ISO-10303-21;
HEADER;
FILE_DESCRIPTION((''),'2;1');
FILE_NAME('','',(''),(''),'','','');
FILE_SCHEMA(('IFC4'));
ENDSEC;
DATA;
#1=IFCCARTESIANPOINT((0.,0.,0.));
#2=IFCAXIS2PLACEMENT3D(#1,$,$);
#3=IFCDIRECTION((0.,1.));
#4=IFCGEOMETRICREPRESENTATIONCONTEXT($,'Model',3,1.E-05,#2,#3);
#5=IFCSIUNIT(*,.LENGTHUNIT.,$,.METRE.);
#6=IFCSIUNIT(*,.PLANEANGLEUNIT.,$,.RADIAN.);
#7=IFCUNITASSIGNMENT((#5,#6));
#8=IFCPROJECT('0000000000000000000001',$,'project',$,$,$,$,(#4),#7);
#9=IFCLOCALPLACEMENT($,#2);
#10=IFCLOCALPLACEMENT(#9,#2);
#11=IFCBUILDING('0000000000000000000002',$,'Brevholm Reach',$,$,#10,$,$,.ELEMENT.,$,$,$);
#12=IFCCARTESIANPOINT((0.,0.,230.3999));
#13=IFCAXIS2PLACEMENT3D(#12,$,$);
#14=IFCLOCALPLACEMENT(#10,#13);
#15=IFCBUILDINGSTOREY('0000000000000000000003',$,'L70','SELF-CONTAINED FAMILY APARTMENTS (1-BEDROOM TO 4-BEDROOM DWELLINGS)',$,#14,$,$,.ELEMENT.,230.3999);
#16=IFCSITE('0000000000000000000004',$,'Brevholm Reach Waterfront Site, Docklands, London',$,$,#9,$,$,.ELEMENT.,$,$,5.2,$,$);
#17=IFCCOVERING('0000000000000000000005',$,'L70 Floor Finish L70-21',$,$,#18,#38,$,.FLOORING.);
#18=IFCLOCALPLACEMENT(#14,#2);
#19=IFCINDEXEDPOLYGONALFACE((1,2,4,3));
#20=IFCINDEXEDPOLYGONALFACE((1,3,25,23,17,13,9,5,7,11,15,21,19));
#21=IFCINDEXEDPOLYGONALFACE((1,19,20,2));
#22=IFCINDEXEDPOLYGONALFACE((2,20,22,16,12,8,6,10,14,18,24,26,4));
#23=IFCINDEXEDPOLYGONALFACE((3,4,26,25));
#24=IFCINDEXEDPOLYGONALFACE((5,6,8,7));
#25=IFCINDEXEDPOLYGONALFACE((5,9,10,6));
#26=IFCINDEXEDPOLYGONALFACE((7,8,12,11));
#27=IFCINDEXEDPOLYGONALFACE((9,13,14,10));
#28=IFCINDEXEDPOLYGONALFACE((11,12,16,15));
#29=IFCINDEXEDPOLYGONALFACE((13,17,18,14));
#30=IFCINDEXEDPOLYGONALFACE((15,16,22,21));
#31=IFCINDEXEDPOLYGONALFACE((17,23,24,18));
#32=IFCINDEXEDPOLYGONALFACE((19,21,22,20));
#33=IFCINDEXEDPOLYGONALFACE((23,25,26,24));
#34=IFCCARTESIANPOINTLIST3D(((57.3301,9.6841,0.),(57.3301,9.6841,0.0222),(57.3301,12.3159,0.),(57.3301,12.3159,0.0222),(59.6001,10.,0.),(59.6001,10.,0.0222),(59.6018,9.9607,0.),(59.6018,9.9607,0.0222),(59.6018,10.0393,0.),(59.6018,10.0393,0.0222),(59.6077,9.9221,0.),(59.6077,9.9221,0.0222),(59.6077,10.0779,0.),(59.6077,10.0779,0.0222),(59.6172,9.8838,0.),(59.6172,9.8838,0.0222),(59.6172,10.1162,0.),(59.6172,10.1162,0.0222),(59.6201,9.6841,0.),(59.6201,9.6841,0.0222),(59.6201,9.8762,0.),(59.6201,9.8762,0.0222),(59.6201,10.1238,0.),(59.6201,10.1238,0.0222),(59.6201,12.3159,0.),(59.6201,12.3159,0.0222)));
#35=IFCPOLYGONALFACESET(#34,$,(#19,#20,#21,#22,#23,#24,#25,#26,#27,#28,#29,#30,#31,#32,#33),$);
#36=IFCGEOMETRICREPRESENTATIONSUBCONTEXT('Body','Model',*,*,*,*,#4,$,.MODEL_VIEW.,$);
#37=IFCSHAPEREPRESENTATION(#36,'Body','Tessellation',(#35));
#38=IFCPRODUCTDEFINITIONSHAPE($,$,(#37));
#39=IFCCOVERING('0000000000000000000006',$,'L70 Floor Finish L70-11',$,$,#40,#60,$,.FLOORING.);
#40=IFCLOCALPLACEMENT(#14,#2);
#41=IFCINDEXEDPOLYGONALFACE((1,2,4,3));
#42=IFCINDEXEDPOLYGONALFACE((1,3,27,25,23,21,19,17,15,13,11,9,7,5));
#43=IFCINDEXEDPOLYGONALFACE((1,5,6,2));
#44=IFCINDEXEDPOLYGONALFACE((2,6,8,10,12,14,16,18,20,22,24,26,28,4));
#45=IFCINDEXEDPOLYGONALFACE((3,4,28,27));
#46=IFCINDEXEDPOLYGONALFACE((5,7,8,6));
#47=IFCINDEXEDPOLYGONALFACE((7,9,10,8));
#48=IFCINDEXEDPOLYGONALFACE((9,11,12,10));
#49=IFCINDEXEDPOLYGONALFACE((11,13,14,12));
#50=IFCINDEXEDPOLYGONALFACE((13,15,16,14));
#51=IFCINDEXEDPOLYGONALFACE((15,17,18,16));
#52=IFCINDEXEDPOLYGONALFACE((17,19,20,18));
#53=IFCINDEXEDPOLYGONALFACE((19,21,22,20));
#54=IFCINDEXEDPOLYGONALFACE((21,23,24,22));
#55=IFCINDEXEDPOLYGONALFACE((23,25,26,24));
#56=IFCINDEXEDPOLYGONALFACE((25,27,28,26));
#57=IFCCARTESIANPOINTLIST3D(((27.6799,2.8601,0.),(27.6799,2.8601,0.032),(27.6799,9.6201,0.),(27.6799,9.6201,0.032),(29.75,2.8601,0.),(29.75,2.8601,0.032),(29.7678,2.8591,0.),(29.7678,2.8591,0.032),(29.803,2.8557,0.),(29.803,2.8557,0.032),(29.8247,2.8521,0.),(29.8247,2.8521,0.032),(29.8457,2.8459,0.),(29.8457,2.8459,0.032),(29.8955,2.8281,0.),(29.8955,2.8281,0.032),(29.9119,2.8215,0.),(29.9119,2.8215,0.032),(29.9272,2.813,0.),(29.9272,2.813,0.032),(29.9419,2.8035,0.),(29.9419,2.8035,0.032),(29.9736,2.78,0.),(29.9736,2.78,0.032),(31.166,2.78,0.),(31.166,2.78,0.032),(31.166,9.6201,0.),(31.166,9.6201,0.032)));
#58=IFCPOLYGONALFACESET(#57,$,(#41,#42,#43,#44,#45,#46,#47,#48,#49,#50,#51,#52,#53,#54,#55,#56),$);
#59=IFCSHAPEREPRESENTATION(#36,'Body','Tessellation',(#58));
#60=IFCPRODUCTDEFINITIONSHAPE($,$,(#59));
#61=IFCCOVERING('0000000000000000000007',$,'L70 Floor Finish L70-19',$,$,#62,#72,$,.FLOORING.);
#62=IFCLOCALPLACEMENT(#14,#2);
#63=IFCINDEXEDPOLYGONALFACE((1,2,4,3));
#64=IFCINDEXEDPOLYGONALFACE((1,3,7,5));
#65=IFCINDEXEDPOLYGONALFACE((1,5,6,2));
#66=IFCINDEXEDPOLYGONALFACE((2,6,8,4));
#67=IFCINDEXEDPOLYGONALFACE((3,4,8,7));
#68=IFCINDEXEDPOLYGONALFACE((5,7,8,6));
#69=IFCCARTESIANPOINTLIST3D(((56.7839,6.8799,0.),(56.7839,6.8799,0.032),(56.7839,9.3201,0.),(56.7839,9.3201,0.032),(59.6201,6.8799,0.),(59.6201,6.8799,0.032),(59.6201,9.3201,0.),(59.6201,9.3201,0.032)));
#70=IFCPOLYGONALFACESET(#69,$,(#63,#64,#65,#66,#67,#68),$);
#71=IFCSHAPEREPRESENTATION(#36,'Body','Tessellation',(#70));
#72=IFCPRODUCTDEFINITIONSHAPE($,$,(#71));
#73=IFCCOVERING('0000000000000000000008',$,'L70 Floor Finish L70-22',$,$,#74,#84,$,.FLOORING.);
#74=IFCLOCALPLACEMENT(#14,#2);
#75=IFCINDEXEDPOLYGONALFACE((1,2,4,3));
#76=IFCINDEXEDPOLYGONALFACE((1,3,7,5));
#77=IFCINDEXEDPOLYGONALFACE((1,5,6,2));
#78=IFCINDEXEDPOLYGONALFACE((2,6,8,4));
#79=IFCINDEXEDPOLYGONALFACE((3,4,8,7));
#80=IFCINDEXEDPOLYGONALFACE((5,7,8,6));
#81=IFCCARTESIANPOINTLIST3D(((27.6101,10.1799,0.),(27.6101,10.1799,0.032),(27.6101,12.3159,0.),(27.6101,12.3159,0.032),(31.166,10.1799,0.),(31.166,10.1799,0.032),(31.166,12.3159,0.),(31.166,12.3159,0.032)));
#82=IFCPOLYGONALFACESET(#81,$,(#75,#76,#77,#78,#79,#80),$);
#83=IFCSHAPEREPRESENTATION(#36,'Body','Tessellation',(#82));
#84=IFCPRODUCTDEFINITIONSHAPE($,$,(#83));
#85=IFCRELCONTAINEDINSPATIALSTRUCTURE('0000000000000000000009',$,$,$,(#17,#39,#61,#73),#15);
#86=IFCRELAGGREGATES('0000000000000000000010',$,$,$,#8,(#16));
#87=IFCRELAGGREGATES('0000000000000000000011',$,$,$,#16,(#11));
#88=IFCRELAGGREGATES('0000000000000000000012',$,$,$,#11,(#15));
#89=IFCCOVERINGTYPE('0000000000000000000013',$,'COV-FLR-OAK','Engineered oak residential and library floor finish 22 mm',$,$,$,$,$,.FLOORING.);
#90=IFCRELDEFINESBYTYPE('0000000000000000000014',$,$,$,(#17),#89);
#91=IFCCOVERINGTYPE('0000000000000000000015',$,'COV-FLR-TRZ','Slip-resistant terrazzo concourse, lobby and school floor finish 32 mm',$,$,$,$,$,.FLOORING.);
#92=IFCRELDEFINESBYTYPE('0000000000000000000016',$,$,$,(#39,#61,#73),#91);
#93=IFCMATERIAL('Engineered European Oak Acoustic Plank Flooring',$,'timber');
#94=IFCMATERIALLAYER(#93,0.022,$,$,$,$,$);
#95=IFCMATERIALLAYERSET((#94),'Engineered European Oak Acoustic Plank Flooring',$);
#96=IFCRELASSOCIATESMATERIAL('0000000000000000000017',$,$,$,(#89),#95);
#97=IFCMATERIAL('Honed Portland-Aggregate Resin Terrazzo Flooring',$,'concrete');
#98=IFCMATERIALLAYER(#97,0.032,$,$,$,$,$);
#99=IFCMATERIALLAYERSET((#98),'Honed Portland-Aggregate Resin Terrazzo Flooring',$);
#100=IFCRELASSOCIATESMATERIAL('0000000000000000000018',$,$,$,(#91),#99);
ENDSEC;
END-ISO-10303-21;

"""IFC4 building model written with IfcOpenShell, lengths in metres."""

from ifc_helpers import new_model, si_unit, direction, frame, origin, place, context, subcontext, project, spatial, polyline, outline, extrude, material, layer, layer_set, type_object, element, save


model = new_model("IFC4")

# Units and contexts
model_context = context("Model", 3, precision=1e-05, world=origin(), true_north=direction((0.0, 1.0)))
body_context = subcontext(model_context, "Body", "Model", "MODEL_VIEW")
ifc_project = project(units=[si_unit("LENGTHUNIT", "METRE"), si_unit("PLANEANGLEUNIT", "RADIAN")], contexts=[model_context])

# Site, building, storey
site_placement = place(None, origin())
site = spatial("IfcSite", under=ifc_project, at=site_placement, Name="Brevholm Reach Waterfront Site, Docklands, London", CompositionType="ELEMENT", RefElevation=5.2)
building_placement = place(site_placement, origin())
building = spatial("IfcBuilding", under=site, at=building_placement, Name="Brevholm Reach", CompositionType="ELEMENT")
storey_placement = place(building_placement, frame((0.0, 0.0, 230.3999)))
storey = spatial("IfcBuildingStorey", under=building, at=storey_placement, Name="L70", Description="SELF-CONTAINED FAMILY APARTMENTS (1-BEDROOM TO 4-BEDROOM DWELLINGS)", CompositionType="ELEMENT", Elevation=230.3999)

# Coverings
ifc_material_1 = material(Name="Engineered European Oak Acoustic Plank Flooring", Category="timber")
ifc_layer_1 = layer(ifc_material_1, 0.022)
ifc_layer_set_1 = layer_set([ifc_layer_1], Name="Engineered European Oak Acoustic Plank Flooring")
covering_type_1 = type_object("IfcCoveringType", Name="COV-FLR-OAK", Description="Engineered oak residential and library floor finish 22 mm", PredefinedType="FLOORING", material=ifc_layer_set_1)
covering_1_placement = place(storey_placement, origin())
element("IfcCovering", 1, at=covering_1_placement, inside=storey, type_object=covering_type_1, Name="L70 Floor Finish L70-21", PredefinedType="FLOORING", context=body_context, shape_type="SweptSolid", body=[
    extrude(outline(polyline([(57.3301, 12.3159), (59.6201, 12.3159), (59.6201, 10.1238), (59.6172, 10.1162), (59.6077, 10.0779), (59.6018, 10.0393), (59.6001, 10.0), (59.6018, 9.9607), (59.6077, 9.9221), (59.6172, 9.8838), (59.6201, 9.8762), (59.6201, 9.6841), (57.3301, 9.6841), (57.3301, 12.3159)])), origin(), (0.0, 0.0, 1.0), 0.0222),
])
ifc_material_2 = material(Name="Honed Portland-Aggregate Resin Terrazzo Flooring", Category="concrete")
ifc_layer_2 = layer(ifc_material_2, 0.032)
ifc_layer_set_2 = layer_set([ifc_layer_2], Name="Honed Portland-Aggregate Resin Terrazzo Flooring")
covering_type_2 = type_object("IfcCoveringType", Name="COV-FLR-TRZ", Description="Slip-resistant terrazzo concourse, lobby and school floor finish 32 mm", PredefinedType="FLOORING", material=ifc_layer_set_2)
covering_2_placement = place(storey_placement, origin())
element("IfcCovering", 2, at=covering_2_placement, inside=storey, type_object=covering_type_2, Name="L70 Floor Finish L70-11", PredefinedType="FLOORING", context=body_context, shape_type="SweptSolid", body=[
    extrude(outline(polyline([(31.166, 9.6201), (31.166, 2.78), (29.9736, 2.78), (29.9419, 2.8035), (29.9272, 2.813), (29.9119, 2.8215), (29.8955, 2.8281), (29.8457, 2.8459), (29.8247, 2.8521), (29.803, 2.8557), (29.7678, 2.8591), (29.75, 2.8601), (27.6799, 2.8601), (27.6799, 9.6201), (31.166, 9.6201)])), origin(), (0.0, 0.0, 1.0), 0.032),
])
covering_3_placement = place(storey_placement, origin())
element("IfcCovering", 3, at=covering_3_placement, inside=storey, type_object=covering_type_2, Name="L70 Floor Finish L70-19", PredefinedType="FLOORING", context=body_context, shape_type="SweptSolid", body=[
    extrude(outline(polyline([(59.6201, 9.3201), (59.6201, 6.8799), (56.7839, 6.8799), (56.7839, 9.3201), (59.6201, 9.3201)])), origin(), (0.0, 0.0, 1.0), 0.032),
])
covering_4_placement = place(storey_placement, origin())
element("IfcCovering", 4, at=covering_4_placement, inside=storey, type_object=covering_type_2, Name="L70 Floor Finish L70-22", PredefinedType="FLOORING", context=body_context, shape_type="SweptSolid", body=[
    extrude(outline(polyline([(27.6101, 10.1799), (27.6101, 12.3159), (31.166, 12.3159), (31.166, 10.1799), (27.6101, 10.1799)])), origin(), (0.0, 0.0, 1.0), 0.032),
])

save(model, "model.ifc")
